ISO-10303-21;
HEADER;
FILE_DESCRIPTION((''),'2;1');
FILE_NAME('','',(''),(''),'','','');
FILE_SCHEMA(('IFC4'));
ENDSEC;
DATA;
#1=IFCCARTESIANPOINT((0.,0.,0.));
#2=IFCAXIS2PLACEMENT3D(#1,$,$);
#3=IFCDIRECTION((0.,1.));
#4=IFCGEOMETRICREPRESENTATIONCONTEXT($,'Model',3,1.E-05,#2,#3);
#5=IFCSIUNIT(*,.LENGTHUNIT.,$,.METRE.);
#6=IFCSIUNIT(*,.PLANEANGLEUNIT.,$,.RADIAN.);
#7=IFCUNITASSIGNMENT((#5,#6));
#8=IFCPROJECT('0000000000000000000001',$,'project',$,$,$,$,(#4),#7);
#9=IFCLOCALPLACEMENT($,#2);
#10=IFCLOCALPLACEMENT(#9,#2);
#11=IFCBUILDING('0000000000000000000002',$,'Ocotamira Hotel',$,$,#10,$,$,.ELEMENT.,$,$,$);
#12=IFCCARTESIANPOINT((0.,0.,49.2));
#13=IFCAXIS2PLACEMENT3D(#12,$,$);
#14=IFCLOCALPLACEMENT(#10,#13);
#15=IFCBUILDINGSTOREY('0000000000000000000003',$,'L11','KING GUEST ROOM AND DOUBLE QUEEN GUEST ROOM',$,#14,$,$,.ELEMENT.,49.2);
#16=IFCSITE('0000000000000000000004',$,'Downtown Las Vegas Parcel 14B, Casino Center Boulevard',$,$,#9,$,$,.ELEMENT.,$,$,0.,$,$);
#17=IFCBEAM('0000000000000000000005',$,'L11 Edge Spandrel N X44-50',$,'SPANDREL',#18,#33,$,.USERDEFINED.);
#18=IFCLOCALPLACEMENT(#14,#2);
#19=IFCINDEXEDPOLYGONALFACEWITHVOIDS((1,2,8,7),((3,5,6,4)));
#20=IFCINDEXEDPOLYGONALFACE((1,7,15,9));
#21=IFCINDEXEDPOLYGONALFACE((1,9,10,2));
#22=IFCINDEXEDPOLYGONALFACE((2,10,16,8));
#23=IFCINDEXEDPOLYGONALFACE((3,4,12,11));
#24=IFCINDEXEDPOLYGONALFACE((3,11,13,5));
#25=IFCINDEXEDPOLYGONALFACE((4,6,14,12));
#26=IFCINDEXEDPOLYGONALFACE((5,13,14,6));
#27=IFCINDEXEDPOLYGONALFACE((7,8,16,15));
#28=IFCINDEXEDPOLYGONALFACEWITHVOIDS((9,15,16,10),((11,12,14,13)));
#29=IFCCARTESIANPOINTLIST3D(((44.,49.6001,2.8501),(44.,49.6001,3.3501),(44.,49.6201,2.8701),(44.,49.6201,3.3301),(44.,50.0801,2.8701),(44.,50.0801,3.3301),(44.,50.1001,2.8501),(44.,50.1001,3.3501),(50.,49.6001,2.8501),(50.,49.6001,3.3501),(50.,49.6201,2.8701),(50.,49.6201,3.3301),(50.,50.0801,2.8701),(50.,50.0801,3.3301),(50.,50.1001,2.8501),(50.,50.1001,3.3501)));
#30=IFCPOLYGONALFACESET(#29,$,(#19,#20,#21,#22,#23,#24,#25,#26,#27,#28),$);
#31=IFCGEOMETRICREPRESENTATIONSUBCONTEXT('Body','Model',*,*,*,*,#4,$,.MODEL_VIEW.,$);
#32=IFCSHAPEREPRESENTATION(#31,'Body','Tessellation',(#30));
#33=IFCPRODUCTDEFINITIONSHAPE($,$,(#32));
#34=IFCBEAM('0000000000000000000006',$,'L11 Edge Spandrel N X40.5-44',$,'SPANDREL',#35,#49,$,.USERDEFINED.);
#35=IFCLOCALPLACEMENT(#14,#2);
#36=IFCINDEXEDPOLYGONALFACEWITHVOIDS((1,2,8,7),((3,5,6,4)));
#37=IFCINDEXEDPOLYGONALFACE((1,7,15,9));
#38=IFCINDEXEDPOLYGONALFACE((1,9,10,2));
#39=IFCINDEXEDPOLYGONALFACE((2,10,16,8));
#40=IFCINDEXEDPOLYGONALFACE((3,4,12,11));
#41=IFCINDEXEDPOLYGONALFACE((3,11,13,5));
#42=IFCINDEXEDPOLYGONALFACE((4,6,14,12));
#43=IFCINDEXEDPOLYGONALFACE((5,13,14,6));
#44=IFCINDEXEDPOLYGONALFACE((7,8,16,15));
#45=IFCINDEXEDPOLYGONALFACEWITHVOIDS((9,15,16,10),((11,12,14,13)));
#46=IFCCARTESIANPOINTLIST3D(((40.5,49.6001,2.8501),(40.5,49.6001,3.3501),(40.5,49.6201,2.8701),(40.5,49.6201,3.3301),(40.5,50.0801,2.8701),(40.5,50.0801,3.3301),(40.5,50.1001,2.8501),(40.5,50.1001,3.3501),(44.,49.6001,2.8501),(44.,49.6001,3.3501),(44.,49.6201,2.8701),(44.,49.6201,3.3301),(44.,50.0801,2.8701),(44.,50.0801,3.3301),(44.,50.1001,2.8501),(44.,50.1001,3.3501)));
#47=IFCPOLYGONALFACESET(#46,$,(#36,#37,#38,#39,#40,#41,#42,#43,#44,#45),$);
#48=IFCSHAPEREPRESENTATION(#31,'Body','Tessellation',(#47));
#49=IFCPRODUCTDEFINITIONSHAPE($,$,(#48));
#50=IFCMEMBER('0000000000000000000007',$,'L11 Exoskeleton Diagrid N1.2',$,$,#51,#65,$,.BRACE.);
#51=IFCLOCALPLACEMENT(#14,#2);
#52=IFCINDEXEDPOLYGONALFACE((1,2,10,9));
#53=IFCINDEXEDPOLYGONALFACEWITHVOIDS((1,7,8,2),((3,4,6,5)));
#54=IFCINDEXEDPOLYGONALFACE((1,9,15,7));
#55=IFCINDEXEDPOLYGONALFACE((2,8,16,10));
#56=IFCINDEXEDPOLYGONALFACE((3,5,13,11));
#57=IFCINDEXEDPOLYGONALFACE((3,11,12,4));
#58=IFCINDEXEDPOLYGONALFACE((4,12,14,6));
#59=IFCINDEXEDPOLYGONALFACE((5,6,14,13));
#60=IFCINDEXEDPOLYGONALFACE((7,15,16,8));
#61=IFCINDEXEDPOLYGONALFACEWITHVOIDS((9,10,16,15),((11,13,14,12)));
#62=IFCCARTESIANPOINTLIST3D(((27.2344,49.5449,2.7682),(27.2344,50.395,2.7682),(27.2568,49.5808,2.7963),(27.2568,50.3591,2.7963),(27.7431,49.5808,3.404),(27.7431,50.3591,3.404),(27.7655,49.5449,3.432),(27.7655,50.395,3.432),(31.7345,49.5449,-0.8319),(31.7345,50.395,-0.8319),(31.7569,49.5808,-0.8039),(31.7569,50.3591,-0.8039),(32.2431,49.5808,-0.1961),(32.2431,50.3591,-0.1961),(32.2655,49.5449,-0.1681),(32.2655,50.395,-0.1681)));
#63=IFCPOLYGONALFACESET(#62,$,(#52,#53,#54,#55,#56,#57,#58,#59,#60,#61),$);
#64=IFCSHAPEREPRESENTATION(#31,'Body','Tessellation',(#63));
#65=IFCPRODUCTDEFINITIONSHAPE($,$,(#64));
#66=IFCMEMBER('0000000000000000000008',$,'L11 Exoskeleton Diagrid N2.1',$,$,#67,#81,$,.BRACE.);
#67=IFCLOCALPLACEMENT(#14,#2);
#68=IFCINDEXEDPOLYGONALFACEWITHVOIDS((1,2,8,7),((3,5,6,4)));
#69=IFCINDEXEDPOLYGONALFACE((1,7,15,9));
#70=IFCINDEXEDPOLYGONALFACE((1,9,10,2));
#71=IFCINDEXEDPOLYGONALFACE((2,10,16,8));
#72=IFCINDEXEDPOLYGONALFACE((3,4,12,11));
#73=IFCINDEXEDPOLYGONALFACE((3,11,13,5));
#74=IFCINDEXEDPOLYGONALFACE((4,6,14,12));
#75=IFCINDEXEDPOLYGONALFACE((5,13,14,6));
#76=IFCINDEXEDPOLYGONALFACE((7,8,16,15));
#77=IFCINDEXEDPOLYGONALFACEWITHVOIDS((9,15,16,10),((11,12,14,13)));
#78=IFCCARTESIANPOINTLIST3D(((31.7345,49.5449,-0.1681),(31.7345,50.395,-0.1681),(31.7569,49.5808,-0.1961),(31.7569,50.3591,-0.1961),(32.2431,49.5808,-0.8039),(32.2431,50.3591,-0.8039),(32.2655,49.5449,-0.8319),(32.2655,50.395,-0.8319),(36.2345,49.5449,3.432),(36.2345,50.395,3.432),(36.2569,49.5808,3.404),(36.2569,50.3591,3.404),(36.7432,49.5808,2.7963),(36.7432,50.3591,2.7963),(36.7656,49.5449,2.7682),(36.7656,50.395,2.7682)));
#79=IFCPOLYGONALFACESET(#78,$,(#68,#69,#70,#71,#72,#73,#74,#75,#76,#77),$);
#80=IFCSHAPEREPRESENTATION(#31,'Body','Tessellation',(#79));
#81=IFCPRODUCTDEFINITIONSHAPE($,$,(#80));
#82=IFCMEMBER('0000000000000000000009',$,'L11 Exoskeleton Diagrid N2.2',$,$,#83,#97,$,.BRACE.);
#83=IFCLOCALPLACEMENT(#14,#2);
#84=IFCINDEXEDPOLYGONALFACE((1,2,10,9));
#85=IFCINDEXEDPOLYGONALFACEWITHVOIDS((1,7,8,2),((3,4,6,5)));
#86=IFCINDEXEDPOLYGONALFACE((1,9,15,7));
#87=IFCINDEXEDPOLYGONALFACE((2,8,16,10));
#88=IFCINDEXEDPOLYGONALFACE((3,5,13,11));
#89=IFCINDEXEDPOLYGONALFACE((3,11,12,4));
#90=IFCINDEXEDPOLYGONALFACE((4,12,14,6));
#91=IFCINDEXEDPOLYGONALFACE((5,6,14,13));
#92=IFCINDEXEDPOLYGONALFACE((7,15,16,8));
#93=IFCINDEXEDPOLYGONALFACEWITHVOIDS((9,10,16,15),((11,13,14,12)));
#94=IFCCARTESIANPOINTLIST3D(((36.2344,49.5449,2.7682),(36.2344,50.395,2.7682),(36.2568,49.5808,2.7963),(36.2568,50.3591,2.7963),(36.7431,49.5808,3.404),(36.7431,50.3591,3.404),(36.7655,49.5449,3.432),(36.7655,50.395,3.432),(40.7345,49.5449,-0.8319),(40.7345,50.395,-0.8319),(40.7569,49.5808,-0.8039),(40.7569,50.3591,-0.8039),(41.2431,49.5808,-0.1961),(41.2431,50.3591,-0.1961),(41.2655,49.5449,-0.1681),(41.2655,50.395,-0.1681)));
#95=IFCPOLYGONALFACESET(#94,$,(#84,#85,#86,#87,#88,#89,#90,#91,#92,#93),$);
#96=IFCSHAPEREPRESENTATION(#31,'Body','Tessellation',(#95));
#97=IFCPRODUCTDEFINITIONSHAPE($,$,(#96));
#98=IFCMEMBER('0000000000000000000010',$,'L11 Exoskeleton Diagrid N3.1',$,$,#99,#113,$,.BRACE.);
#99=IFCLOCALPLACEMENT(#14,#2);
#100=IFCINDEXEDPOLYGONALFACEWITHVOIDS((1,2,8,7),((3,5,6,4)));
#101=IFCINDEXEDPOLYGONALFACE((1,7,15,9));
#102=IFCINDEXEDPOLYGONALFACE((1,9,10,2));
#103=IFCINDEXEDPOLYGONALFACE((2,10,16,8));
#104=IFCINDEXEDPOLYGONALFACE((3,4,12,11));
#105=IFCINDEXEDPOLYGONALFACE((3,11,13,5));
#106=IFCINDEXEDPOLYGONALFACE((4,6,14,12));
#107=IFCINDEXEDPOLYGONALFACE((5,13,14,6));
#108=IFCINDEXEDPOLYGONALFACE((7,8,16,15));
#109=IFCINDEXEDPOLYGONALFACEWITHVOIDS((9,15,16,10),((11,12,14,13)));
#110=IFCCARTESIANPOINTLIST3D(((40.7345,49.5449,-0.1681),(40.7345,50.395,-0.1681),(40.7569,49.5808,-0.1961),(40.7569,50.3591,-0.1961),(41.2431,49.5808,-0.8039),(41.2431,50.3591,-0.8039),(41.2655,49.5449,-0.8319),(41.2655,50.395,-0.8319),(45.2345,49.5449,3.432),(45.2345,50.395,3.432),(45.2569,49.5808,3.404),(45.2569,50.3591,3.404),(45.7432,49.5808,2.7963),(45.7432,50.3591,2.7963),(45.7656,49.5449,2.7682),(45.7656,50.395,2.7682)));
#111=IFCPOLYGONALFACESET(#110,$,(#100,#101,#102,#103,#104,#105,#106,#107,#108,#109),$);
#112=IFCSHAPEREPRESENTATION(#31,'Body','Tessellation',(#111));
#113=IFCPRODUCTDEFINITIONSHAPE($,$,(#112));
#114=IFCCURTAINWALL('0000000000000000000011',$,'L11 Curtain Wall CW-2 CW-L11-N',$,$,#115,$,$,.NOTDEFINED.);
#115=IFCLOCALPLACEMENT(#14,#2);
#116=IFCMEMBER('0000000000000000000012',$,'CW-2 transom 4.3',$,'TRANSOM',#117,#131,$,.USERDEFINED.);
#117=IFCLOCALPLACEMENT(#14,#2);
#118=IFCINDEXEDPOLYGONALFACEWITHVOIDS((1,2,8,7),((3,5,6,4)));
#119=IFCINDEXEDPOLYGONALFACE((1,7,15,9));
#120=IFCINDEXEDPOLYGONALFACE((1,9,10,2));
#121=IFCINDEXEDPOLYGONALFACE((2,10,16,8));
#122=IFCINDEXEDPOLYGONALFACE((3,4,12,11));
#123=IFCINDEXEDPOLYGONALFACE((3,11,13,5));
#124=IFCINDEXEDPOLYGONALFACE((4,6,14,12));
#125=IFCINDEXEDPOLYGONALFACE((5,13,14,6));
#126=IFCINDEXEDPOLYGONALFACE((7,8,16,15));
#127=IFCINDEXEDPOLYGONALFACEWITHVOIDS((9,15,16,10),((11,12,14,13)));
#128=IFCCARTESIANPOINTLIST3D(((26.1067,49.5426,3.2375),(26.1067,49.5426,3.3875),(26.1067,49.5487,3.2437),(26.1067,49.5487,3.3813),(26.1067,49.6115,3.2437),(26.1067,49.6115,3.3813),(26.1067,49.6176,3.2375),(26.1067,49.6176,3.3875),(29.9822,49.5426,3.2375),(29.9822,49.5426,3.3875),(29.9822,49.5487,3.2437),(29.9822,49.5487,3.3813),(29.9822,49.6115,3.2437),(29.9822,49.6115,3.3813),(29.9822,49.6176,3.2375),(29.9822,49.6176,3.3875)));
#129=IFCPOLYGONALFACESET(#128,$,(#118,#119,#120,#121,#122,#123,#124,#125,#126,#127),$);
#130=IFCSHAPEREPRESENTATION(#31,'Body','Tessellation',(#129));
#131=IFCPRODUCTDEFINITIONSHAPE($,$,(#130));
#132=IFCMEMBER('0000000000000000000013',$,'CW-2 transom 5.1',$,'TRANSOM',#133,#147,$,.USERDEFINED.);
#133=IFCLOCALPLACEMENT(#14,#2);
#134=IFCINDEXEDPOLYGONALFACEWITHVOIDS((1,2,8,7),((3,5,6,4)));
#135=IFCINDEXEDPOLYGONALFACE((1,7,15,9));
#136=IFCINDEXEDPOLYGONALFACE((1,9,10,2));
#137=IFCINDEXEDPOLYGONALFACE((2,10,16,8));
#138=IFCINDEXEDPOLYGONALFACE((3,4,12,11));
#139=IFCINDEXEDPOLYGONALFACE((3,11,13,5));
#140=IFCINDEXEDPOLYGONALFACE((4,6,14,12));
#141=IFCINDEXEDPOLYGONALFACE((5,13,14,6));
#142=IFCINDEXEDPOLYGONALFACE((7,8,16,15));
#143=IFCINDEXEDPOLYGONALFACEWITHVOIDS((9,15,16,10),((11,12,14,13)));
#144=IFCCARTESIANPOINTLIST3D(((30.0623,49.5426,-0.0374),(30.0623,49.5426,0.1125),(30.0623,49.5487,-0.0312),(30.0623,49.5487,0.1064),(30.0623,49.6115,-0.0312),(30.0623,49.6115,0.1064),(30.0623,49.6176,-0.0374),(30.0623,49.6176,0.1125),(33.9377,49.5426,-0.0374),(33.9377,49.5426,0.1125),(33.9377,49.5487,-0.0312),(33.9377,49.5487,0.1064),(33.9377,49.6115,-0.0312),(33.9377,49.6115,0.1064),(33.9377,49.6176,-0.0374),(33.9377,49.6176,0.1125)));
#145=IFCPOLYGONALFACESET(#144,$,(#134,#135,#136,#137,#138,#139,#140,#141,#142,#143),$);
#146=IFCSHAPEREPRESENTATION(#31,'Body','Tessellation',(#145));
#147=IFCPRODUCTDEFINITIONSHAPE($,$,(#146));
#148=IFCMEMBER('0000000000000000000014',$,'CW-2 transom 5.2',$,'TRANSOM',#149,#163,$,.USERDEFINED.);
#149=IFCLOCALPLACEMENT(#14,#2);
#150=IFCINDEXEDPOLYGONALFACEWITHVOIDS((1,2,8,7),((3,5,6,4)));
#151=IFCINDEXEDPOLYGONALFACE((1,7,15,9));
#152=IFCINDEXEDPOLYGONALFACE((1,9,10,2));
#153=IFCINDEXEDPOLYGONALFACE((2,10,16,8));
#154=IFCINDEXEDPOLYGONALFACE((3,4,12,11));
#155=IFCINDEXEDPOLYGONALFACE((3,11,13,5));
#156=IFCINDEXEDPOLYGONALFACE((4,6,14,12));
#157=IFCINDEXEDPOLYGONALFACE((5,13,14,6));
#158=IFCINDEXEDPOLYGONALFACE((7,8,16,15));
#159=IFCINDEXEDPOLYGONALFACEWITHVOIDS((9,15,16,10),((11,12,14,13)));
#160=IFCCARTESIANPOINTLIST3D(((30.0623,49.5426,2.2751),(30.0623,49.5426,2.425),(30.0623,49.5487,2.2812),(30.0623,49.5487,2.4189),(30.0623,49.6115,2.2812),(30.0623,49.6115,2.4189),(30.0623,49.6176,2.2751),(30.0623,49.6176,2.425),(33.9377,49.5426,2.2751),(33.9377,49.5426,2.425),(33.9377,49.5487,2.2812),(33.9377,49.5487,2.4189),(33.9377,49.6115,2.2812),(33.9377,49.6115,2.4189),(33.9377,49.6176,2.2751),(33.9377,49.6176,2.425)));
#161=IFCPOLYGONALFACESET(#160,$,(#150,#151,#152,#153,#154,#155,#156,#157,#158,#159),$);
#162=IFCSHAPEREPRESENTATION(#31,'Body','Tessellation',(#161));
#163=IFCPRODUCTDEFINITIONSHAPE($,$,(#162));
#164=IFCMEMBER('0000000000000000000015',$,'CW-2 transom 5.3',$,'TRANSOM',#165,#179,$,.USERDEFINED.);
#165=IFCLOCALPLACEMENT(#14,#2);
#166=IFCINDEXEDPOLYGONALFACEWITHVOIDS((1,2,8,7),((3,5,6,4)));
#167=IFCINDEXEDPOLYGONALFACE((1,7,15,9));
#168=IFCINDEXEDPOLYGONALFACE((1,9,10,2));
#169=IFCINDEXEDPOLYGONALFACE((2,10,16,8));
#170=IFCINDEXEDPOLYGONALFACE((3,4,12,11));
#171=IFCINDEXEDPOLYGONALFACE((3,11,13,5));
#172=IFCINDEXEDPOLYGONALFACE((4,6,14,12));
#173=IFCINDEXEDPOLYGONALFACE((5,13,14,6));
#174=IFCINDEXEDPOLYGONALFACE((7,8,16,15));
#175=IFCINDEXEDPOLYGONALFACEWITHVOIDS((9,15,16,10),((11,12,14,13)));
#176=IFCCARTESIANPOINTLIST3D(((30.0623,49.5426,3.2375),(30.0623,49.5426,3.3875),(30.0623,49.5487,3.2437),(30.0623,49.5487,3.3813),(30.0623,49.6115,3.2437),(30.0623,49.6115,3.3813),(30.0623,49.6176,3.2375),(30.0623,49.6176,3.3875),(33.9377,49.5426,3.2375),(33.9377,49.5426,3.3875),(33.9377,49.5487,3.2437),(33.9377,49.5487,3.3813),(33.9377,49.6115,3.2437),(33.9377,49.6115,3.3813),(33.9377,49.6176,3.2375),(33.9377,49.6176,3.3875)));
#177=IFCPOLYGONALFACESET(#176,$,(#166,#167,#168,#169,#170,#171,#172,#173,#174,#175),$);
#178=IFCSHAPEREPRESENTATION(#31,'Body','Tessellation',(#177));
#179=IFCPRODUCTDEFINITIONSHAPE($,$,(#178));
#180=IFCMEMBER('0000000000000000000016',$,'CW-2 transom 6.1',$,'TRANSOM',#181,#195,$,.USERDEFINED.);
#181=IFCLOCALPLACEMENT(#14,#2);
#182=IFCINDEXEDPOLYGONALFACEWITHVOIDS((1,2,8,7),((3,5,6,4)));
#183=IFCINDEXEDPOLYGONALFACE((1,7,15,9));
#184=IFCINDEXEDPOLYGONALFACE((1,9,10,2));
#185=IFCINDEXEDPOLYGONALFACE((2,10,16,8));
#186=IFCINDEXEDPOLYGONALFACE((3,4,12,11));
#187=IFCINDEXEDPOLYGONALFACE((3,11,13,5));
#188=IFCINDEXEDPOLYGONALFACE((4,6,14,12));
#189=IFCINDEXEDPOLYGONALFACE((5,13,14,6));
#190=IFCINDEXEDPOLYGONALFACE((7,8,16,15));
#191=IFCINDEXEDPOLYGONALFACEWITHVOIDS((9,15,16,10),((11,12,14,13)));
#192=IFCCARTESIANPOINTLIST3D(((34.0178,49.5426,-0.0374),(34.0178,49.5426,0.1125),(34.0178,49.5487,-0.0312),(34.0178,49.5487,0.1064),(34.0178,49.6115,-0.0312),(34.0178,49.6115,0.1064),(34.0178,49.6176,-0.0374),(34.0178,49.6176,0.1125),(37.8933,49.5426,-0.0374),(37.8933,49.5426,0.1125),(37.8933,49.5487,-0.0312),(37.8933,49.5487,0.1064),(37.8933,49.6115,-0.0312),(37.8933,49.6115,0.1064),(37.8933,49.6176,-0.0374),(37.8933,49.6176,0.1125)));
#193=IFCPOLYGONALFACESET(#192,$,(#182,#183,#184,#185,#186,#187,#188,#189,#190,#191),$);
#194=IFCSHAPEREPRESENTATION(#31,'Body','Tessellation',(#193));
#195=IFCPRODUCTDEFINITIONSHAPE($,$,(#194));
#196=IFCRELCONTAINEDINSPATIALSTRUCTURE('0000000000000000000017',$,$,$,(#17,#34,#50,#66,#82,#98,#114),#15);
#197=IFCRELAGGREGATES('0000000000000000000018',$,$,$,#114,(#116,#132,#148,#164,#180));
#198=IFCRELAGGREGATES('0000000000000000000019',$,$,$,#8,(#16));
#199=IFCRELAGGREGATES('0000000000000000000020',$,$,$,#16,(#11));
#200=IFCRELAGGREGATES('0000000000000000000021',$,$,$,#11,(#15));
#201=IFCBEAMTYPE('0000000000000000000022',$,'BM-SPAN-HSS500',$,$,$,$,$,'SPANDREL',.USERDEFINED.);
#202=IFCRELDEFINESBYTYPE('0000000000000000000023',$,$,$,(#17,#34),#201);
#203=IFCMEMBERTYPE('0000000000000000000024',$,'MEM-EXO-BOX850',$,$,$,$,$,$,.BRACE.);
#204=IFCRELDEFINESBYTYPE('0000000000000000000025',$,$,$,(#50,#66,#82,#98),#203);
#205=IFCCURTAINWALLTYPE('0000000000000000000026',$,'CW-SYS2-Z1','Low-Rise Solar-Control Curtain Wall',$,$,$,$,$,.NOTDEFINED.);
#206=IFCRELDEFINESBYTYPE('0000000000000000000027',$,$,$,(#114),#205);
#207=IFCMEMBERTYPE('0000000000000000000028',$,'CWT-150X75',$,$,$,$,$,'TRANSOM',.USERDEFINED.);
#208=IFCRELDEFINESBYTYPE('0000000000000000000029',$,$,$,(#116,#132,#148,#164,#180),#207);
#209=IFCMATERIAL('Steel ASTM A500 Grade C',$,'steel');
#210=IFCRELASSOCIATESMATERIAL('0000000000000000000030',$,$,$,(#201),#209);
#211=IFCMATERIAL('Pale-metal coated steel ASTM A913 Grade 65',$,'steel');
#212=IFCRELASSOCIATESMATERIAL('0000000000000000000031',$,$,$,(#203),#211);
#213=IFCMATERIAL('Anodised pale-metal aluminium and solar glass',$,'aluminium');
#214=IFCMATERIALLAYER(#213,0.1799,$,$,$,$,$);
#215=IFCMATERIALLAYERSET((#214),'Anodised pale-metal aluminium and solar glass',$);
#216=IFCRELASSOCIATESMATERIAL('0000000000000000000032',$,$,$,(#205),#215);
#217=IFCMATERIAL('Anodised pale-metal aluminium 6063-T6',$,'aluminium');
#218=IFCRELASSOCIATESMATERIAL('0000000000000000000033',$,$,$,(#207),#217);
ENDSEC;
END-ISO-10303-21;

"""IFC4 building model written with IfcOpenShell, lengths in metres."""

from ifc_helpers import new_model, si_unit, direction, frame, origin, origin_2d, place, context, subcontext, project, spatial, hollow_rectangle, extrude, source, transform, mapped, material, layer, layer_set, material_profile, profile_set, type_object, element, aggregate, save


model = new_model("IFC4")

# Units and contexts
model_context = context("Model", 3, precision=1e-05, world=origin(), true_north=direction((0.0, 1.0)))
body_context = subcontext(model_context, "Body", "Model", "MODEL_VIEW")
ifc_project = project(units=[si_unit("LENGTHUNIT", "METRE"), si_unit("PLANEANGLEUNIT", "RADIAN")], contexts=[model_context])

# Site, building, storey
site_placement = place(None, origin())
site = spatial("IfcSite", under=ifc_project, at=site_placement, Name="Downtown Las Vegas Parcel 14B, Casino Center Boulevard", CompositionType="ELEMENT", RefElevation=0.0)
building_placement = place(site_placement, origin())
building = spatial("IfcBuilding", under=site, at=building_placement, Name="Ocotamira Hotel", CompositionType="ELEMENT")
storey_placement = place(building_placement, frame((0.0, 0.0, 49.2)))
storey = spatial("IfcBuildingStorey", under=building, at=storey_placement, Name="L11", Description="KING GUEST ROOM AND DOUBLE QUEEN GUEST ROOM", CompositionType="ELEMENT", Elevation=49.2)

# Beams
ifc_material_1 = material(Name="Steel ASTM A500 Grade C", Category="steel")
ifc_material_profile_1 = material_profile(ifc_material_1, hollow_rectangle(XDim=0.5, YDim=0.5, WallThickness=0.02, at=origin_2d()), Name="HSS500X500X20")
ifc_profile_set_1 = profile_set([ifc_material_profile_1], Name="Steel ASTM A500 Grade C")
beam_type = type_object("IfcBeamType", Name="BM-SPAN-HSS500", ElementType="SPANDREL", PredefinedType="USERDEFINED", material=ifc_profile_set_1)
shared_shape_1 = source(origin(), body_context, "Body", "SweptSolid", [
    extrude(hollow_rectangle(XDim=0.5, YDim=0.5, WallThickness=0.02, at=origin_2d()), origin(), (0.0, 0.0, 1.0), 6.0),
])
beam_1_placement = place(storey_placement, frame((44.0, 49.8501, 3.1001), z_axis=(1.0, 0.0, 0.0), x_axis=(0.0, 1.0, 0.0)))
element("IfcBeam", 1, at=beam_1_placement, inside=storey, type_object=beam_type, Name="L11 Edge Spandrel N X44-50", ObjectType="SPANDREL", PredefinedType="USERDEFINED", context=body_context, shape_type="MappedRepresentation", body=[
    mapped(shared_shape_1, transform((0.0, 0.0, 0.0), scale=1.0)),
])
shared_shape_2 = source(origin(), body_context, "Body", "SweptSolid", [
    extrude(hollow_rectangle(XDim=0.5, YDim=0.5, WallThickness=0.02, at=origin_2d()), origin(), (0.0, 0.0, 1.0), 3.5),
])
beam_2_placement = place(storey_placement, frame((40.5, 49.8501, 3.1001), z_axis=(1.0, 0.0, 0.0), x_axis=(0.0, 1.0, 0.0)))
element("IfcBeam", 2, at=beam_2_placement, inside=storey, type_object=beam_type, Name="L11 Edge Spandrel N X40.5-44", ObjectType="SPANDREL", PredefinedType="USERDEFINED", context=body_context, shape_type="MappedRepresentation", body=[
    mapped(shared_shape_2, transform((0.0, 0.0, 0.0), scale=1.0)),
])

# Members
ifc_material_2 = material(Name="Pale-metal coated steel ASTM A913 Grade 65", Category="steel")
ifc_material_profile_2 = material_profile(ifc_material_2, hollow_rectangle(XDim=0.8501, YDim=0.8501, WallThickness=0.0359, at=origin_2d()), Name="BOX850X850X36")
ifc_profile_set_2 = profile_set([ifc_material_profile_2], Name="Pale-metal coated steel ASTM A913 Grade 65")
member_type_1 = type_object("IfcMemberType", Name="MEM-EXO-BOX850", PredefinedType="BRACE", material=ifc_profile_set_2)
shared_shape_3 = source(origin(), body_context, "Body", "SweptSolid", [
    extrude(hollow_rectangle(XDim=0.8501, YDim=0.8501, WallThickness=0.0359, at=origin_2d()), origin(), (0.0, 0.0, 1.0), 5.7629),
])
for number, where, z_axis, x_axis, name in (
    (3, (32.0, 49.97, -0.5), (-0.780861, 0.0, 0.624705), (0.0, -1.0, 0.0), "L11 Exoskeleton Diagrid N1.2"),
    (4, (32.0, 49.97, -0.5), (0.780861, 0.0, 0.624705), (0.0, 1.0, 0.0), "L11 Exoskeleton Diagrid N2.1"),
    (5, (41.0, 49.97, -0.5), (-0.780861, 0.0, 0.624705), (0.0, -1.0, 0.0), "L11 Exoskeleton Diagrid N2.2"),
    (6, (41.0, 49.97, -0.5), (0.780861, 0.0, 0.624705), (0.0, 1.0, 0.0), "L11 Exoskeleton Diagrid N3.1"),
):
    element("IfcMember", number, at=place(storey_placement, frame(where, z_axis=z_axis, x_axis=x_axis)), inside=storey, type_object=member_type_1, Name=name, PredefinedType="BRACE", context=body_context, shape_type="MappedRepresentation", body=[
        mapped(shared_shape_3, transform((0.0, 0.0, 0.0), scale=1.0)),
    ])

# Curtain wall, members
ifc_material_3 = material(Name="Anodised pale-metal aluminium and solar glass", Category="aluminium")
ifc_layer_1 = layer(ifc_material_3, 0.1799)
ifc_layer_set_1 = layer_set([ifc_layer_1], Name="Anodised pale-metal aluminium and solar glass")
curtain_wall_type = type_object("IfcCurtainWallType", Name="CW-SYS2-Z1", Description="Low-Rise Solar-Control Curtain Wall", PredefinedType="NOTDEFINED", material=ifc_layer_set_1)
curtain_wall_placement = place(storey_placement, origin())
curtain_wall = element("IfcCurtainWall", 7, at=curtain_wall_placement, inside=storey, type_object=curtain_wall_type, Name="L11 Curtain Wall CW-2 CW-L11-N", PredefinedType="NOTDEFINED")
ifc_material_4 = material(Name="Anodised pale-metal aluminium 6063-T6", Category="aluminium")
ifc_material_profile_3 = material_profile(ifc_material_4, hollow_rectangle(XDim=0.075, YDim=0.1499, WallThickness=0.0061, at=origin_2d()), Name="HSS150X75X6")
ifc_profile_set_3 = profile_set([ifc_material_profile_3], Name="Anodised pale-metal aluminium 6063-T6")
member_type_2 = type_object("IfcMemberType", Name="CWT-150X75", ElementType="TRANSOM", PredefinedType="USERDEFINED", material=ifc_profile_set_3)
shared_shape_4 = source(origin(), body_context, "Body", "SweptSolid", [
    extrude(hollow_rectangle(XDim=0.075, YDim=0.1499, WallThickness=0.0061, at=origin_2d()), origin(), (0.0, 0.0, 1.0), 3.8755),
])
member_1_placement = place(storey_placement, frame((26.1067, 49.5801, 3.3125), z_axis=(1.0, 0.0, 0.0), x_axis=(0.0, 1.0, 0.0)))
member_1 = element("IfcMember", 8, at=member_1_placement, type_object=member_type_2, Name="CW-2 transom 4.3", ObjectType="TRANSOM", PredefinedType="USERDEFINED", context=body_context, shape_type="MappedRepresentation", body=[
    mapped(shared_shape_4, transform((0.0, 0.0, 0.0), scale=1.0)),
])
member_2_placement = place(storey_placement, frame((30.0623, 49.5801, 0.0376), z_axis=(1.0, 0.0, 0.0), x_axis=(0.0, 1.0, 0.0)))
member_2 = element("IfcMember", 9, at=member_2_placement, type_object=member_type_2, Name="CW-2 transom 5.1", ObjectType="TRANSOM", PredefinedType="USERDEFINED", context=body_context, shape_type="MappedRepresentation", body=[
    mapped(shared_shape_4, transform((0.0, 0.0, 0.0), scale=1.0)),
])
member_3_placement = place(storey_placement, frame((30.0623, 49.5801, 2.3501), z_axis=(1.0, 0.0, 0.0), x_axis=(0.0, 1.0, 0.0)))
member_3 = element("IfcMember", 10, at=member_3_placement, type_object=member_type_2, Name="CW-2 transom 5.2", ObjectType="TRANSOM", PredefinedType="USERDEFINED", context=body_context, shape_type="MappedRepresentation", body=[
    mapped(shared_shape_4, transform((0.0, 0.0, 0.0), scale=1.0)),
])
member_4_placement = place(storey_placement, frame((30.0623, 49.5801, 3.3125), z_axis=(1.0, 0.0, 0.0), x_axis=(0.0, 1.0, 0.0)))
member_4 = element("IfcMember", 11, at=member_4_placement, type_object=member_type_2, Name="CW-2 transom 5.3", ObjectType="TRANSOM", PredefinedType="USERDEFINED", context=body_context, shape_type="MappedRepresentation", body=[
    mapped(shared_shape_4, transform((0.0, 0.0, 0.0), scale=1.0)),
])
member_5_placement = place(storey_placement, frame((34.0178, 49.5801, 0.0376), z_axis=(1.0, 0.0, 0.0), x_axis=(0.0, 1.0, 0.0)))
member_5 = element("IfcMember", 12, at=member_5_placement, type_object=member_type_2, Name="CW-2 transom 6.1", ObjectType="TRANSOM", PredefinedType="USERDEFINED", context=body_context, shape_type="MappedRepresentation", body=[
    mapped(shared_shape_4, transform((0.0, 0.0, 0.0), scale=1.0)),
])

aggregate(curtain_wall, [member_1, member_2, member_3, member_4, member_5])

save(model, "model.ifc")
